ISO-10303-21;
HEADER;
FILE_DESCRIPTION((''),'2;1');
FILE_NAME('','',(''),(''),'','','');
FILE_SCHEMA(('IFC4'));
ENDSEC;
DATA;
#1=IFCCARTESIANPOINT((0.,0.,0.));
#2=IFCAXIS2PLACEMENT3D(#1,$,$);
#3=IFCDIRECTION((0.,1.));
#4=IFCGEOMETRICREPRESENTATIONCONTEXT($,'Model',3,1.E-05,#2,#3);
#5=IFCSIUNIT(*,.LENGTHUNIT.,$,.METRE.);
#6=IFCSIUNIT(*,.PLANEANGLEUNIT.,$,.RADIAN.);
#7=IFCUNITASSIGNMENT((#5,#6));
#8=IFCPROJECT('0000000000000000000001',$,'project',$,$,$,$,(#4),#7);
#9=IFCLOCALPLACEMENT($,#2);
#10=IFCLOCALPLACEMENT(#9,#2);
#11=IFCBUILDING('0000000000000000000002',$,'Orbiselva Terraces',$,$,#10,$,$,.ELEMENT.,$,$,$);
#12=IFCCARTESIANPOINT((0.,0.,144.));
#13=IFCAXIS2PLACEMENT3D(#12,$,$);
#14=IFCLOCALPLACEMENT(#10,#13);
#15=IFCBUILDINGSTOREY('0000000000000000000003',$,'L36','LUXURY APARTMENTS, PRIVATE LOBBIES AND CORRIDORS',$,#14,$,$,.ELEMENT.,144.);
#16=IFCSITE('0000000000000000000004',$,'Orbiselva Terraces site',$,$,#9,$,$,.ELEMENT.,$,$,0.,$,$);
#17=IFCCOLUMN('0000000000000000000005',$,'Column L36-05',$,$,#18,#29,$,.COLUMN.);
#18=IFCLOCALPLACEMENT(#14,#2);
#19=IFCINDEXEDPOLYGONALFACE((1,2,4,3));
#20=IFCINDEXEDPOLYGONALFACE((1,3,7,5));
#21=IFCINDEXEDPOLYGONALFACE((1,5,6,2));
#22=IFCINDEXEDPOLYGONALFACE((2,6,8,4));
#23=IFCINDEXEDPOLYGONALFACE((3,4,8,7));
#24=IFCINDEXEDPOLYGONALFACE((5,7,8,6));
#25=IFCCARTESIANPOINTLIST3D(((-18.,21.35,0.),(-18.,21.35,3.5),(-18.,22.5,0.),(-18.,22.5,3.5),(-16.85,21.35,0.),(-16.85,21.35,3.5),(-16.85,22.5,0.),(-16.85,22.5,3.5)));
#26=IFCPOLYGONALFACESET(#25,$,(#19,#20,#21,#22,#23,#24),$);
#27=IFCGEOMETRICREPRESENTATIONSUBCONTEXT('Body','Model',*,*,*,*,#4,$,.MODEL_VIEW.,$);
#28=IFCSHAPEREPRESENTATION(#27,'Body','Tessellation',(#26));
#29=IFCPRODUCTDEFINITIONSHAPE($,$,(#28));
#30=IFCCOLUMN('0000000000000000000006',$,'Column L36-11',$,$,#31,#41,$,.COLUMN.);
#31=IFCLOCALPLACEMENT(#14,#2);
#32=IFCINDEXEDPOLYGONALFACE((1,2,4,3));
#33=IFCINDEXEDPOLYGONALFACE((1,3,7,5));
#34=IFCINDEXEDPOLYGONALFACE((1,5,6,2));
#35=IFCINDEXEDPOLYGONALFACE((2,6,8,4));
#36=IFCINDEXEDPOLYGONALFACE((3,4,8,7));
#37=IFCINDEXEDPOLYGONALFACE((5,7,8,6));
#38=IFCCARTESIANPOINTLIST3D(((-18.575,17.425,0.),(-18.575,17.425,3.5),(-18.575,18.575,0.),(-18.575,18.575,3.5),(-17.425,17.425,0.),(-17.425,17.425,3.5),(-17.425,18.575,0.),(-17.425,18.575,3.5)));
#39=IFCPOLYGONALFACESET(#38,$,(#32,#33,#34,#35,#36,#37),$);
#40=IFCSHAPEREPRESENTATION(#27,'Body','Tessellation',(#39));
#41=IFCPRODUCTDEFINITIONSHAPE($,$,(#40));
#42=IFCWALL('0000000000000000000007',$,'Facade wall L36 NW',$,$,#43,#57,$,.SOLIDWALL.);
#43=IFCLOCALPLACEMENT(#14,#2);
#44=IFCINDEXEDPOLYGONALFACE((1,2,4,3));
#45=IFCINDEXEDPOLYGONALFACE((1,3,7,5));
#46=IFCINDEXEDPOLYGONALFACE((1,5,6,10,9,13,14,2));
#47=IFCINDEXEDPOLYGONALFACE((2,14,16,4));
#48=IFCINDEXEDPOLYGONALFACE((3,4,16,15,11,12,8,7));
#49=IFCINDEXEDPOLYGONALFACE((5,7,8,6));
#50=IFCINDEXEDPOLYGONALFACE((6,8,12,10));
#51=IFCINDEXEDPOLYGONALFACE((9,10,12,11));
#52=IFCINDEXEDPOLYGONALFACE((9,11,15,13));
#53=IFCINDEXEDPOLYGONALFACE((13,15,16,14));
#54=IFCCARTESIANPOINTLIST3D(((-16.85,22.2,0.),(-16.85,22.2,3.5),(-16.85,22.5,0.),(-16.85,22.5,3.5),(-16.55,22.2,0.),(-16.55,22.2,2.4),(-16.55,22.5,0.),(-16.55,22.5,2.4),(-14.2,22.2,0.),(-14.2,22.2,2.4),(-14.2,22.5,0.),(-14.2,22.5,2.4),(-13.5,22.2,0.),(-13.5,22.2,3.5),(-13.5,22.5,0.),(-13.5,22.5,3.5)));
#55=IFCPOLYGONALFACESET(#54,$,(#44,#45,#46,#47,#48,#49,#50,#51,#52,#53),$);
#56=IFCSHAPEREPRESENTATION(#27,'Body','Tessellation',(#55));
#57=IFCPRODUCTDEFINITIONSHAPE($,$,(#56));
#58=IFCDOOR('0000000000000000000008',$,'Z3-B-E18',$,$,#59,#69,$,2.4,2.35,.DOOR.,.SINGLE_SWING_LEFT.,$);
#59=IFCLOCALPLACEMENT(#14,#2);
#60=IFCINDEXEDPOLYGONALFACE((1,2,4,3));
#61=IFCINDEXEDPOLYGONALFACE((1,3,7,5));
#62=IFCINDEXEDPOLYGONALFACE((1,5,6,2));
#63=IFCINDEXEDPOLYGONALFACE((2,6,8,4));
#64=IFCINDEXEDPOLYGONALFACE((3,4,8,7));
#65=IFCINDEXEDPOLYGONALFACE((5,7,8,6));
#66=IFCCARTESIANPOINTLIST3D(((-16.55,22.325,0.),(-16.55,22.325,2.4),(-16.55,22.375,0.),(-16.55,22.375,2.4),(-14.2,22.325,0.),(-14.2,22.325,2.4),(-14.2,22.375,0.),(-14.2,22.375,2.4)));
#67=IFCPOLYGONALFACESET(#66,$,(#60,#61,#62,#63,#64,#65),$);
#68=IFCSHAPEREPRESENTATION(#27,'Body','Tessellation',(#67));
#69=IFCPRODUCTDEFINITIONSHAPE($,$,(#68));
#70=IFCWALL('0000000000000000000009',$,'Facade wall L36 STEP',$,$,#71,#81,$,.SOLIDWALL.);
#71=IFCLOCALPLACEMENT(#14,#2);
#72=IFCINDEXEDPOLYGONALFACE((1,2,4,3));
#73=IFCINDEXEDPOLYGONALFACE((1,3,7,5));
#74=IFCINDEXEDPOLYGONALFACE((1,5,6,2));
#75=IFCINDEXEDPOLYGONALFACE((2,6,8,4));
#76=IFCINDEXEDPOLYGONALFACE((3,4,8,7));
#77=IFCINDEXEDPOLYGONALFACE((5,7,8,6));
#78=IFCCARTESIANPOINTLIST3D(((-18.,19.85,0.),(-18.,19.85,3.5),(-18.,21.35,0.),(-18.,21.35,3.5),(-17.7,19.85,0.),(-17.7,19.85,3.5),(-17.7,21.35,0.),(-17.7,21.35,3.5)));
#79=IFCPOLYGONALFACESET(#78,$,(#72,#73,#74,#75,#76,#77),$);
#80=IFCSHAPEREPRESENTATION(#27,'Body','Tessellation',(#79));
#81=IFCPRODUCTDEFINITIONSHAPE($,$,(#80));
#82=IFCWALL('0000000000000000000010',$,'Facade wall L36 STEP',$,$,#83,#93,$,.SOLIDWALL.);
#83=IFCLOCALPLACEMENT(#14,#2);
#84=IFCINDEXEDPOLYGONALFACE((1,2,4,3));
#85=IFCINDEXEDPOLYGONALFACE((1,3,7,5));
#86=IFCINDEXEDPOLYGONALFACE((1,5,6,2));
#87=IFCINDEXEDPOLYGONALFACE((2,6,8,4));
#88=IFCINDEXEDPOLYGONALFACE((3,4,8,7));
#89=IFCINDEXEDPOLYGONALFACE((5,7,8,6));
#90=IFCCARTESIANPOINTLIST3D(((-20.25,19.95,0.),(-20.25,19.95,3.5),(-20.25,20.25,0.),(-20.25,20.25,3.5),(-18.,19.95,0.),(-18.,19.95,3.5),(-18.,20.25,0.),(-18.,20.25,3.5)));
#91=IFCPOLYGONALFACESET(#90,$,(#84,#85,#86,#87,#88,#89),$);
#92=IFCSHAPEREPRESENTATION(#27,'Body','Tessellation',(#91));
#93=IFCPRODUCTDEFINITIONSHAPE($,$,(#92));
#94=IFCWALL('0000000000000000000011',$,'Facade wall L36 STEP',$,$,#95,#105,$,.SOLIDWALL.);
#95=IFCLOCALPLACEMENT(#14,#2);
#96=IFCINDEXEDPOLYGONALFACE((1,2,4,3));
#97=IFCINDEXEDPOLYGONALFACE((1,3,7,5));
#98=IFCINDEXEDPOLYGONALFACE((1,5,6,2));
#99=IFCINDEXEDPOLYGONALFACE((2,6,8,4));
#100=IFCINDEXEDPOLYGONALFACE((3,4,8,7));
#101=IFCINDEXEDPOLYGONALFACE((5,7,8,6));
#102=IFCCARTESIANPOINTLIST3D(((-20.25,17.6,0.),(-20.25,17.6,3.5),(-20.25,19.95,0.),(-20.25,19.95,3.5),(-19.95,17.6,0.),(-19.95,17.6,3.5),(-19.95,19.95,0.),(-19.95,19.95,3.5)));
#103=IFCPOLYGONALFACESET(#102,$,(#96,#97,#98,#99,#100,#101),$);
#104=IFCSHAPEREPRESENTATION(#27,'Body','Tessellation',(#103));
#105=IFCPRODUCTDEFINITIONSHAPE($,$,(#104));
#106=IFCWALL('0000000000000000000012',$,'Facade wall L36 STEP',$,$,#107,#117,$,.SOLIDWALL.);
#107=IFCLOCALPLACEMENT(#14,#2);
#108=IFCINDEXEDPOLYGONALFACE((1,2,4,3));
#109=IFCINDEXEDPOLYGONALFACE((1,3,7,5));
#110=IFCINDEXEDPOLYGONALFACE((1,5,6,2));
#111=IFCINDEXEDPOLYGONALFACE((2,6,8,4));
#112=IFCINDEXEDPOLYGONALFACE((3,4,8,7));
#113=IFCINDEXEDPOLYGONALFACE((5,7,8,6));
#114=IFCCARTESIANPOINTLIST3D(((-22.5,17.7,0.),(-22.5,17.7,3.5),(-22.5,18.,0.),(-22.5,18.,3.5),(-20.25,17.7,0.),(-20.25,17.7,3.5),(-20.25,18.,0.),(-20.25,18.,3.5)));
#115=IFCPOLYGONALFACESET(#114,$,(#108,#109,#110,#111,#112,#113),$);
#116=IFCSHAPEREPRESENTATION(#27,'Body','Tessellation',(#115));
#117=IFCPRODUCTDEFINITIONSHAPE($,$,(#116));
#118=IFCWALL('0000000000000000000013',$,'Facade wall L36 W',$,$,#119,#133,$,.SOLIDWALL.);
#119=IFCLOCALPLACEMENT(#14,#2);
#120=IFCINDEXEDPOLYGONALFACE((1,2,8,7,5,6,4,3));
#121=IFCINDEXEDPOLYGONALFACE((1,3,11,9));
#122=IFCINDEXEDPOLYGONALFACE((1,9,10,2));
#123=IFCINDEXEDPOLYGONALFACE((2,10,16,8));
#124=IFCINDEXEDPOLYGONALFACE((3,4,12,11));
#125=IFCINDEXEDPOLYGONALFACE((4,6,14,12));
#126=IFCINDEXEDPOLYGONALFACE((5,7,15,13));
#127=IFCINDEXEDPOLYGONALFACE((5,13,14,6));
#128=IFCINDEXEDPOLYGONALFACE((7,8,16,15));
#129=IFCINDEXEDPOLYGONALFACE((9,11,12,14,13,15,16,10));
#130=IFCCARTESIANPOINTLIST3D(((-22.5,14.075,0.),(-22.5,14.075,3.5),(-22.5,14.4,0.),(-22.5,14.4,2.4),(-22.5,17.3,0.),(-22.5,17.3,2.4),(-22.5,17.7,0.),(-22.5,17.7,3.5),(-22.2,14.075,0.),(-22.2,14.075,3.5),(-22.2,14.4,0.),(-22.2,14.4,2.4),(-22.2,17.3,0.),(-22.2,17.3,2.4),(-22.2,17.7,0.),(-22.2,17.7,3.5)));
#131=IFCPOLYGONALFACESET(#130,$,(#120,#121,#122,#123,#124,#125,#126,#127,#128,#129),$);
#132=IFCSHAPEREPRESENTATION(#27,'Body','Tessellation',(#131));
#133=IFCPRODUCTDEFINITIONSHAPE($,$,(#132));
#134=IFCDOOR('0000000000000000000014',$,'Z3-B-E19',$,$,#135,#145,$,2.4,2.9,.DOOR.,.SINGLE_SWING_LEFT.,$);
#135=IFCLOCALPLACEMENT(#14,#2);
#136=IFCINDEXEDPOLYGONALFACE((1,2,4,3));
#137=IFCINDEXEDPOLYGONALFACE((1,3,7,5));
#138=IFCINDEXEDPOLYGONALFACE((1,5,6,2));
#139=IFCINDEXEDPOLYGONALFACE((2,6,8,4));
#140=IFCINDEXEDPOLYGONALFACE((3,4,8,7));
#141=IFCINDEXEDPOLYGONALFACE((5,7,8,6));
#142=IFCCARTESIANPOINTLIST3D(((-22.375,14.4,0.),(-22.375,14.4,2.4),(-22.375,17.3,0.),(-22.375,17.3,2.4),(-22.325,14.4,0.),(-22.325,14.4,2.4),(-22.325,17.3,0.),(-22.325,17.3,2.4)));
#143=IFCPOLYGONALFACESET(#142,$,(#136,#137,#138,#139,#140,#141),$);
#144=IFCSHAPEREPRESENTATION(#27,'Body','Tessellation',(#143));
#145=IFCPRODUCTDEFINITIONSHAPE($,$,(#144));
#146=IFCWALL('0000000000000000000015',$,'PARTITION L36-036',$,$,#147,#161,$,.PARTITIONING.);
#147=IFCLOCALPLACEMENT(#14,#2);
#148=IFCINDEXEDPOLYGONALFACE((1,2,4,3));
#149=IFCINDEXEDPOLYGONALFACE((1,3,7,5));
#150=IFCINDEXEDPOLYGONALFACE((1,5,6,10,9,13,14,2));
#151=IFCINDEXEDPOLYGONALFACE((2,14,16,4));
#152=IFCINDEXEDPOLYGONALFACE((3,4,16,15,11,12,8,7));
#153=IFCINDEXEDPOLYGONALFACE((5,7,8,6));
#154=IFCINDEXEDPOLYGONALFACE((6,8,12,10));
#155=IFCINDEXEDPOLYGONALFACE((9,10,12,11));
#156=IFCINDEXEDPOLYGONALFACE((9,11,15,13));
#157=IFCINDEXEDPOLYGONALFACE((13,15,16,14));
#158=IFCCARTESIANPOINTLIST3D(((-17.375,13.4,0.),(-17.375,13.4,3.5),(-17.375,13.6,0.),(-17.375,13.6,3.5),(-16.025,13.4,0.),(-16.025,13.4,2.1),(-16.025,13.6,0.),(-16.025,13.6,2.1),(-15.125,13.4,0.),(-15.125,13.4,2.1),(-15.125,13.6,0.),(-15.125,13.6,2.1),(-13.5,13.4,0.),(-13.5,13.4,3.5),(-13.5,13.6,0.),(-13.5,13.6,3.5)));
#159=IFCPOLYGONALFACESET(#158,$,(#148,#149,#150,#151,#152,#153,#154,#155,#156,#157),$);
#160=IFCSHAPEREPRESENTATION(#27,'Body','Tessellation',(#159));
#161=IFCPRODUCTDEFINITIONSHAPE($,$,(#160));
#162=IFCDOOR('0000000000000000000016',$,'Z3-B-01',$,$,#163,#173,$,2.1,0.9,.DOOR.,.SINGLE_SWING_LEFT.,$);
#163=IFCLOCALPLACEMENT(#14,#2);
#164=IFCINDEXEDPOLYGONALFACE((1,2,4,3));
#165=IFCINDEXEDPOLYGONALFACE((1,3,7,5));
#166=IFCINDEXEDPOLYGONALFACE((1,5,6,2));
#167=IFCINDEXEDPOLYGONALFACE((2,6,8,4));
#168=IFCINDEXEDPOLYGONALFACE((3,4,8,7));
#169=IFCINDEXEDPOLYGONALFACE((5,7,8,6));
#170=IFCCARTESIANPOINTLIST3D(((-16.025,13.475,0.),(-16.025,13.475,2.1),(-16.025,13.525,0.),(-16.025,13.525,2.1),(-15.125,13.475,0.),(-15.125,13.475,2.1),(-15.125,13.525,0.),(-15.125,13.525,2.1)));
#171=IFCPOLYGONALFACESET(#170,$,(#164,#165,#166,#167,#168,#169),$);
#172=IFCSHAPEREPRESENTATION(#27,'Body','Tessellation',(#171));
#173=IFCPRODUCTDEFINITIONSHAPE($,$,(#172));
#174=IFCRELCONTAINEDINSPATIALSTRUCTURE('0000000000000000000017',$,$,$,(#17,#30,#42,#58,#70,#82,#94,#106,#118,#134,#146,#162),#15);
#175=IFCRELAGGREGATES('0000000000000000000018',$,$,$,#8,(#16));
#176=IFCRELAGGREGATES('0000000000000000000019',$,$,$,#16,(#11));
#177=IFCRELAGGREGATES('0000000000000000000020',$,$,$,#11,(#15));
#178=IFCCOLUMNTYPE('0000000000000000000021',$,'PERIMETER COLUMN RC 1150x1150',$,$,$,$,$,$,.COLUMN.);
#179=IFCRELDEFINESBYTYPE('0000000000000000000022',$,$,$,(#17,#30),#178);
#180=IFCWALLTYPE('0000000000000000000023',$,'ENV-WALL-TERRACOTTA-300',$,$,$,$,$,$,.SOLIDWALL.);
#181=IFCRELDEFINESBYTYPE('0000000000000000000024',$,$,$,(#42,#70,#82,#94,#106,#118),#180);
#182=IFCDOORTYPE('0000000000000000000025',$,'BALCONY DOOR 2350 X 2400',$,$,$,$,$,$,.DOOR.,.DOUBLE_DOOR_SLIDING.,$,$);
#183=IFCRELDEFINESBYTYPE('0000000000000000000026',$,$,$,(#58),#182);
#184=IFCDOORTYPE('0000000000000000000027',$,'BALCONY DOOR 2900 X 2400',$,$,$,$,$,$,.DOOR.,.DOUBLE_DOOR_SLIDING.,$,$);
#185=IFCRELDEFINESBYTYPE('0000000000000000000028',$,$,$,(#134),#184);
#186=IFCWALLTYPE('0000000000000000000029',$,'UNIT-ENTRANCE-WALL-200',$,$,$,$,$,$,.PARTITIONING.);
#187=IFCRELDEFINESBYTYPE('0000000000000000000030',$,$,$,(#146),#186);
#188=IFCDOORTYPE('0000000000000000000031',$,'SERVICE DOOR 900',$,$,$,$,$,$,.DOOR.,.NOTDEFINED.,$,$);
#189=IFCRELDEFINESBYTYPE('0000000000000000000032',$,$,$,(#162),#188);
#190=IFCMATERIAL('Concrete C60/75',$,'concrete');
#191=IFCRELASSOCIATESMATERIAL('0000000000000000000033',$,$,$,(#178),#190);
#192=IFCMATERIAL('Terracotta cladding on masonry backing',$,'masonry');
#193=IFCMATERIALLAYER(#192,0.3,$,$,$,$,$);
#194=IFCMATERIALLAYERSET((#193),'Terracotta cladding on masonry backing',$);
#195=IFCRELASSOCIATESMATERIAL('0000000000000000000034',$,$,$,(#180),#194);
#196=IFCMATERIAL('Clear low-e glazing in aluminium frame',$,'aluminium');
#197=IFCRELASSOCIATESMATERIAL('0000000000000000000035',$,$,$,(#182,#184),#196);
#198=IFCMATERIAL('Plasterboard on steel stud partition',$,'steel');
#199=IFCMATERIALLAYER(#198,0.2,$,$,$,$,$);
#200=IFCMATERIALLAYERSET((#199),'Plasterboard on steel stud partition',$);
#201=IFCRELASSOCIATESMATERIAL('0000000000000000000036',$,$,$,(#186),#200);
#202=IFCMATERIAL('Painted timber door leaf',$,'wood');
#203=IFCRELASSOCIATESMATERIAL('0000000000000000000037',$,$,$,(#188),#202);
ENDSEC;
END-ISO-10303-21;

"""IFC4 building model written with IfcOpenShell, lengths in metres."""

from ifc_helpers import new_model, si_unit, direction, frame, frame_2d, origin, origin_2d, place, context, subcontext, project, spatial, rectangle, extrude, material, layer, layer_set, material_profile, profile_set, type_object, element, fill, save


model = new_model("IFC4")

# Units and contexts
model_context = context("Model", 3, precision=1e-05, world=origin(), true_north=direction((0.0, 1.0)))
body_context = subcontext(model_context, "Body", "Model", "MODEL_VIEW")
ifc_project = project(units=[si_unit("LENGTHUNIT", "METRE"), si_unit("PLANEANGLEUNIT", "RADIAN")], contexts=[model_context])

# Site, building, storey
site_placement = place(None, origin())
site = spatial("IfcSite", under=ifc_project, at=site_placement, Name="Orbiselva Terraces site", CompositionType="ELEMENT", RefElevation=0.0)
building_placement = place(site_placement, origin())
building = spatial("IfcBuilding", under=site, at=building_placement, Name="Orbiselva Terraces", CompositionType="ELEMENT")
storey_placement = place(building_placement, frame((0.0, 0.0, 144.0)))
storey = spatial("IfcBuildingStorey", under=building, at=storey_placement, Name="L36", Description="LUXURY APARTMENTS, PRIVATE LOBBIES AND CORRIDORS", CompositionType="ELEMENT", Elevation=144.0)

# Columns
ifc_material_1 = material(Name="Concrete C60/75", Category="concrete")
ifc_material_profile = material_profile(ifc_material_1, rectangle(XDim=1.15, YDim=1.15, at=origin_2d()), Name="RC 1150x1150")
ifc_profile_set = profile_set([ifc_material_profile], Name="Concrete C60/75")
column_type = type_object("IfcColumnType", Name="PERIMETER COLUMN RC 1150x1150", PredefinedType="COLUMN", material=ifc_profile_set)
for number, where, z_axis, x_axis, name in (
    (1, (-17.425, 21.925, 0.0), (0.0, 0.0, 1.0), (1.0, 0.0, 0.0), "Column L36-05"),
    (2, (-18.0, 18.0, 0.0), (0.0, 0.0, 1.0), (1.0, 0.0, 0.0), "Column L36-11"),
):
    element("IfcColumn", number, at=place(storey_placement, frame(where, z_axis=z_axis, x_axis=x_axis)), inside=storey, type_object=column_type, Name=name, PredefinedType="COLUMN", context=body_context, shape_type="SweptSolid", body=[
        extrude(rectangle(XDim=1.15, YDim=1.15, at=origin_2d()), origin(), (0.0, 0.0, 1.0), 3.5),
    ])

# Wall, opening, door
ifc_material_2 = material(Name="Terracotta cladding on masonry backing", Category="masonry")
ifc_layer_1 = layer(ifc_material_2, 0.3)
ifc_layer_set_1 = layer_set([ifc_layer_1], Name="Terracotta cladding on masonry backing")
wall_type_1 = type_object("IfcWallType", Name="ENV-WALL-TERRACOTTA-300", PredefinedType="SOLIDWALL", material=ifc_layer_set_1)
wall_1_placement = place(storey_placement, frame((-16.85, 22.35, 0.0), z_axis=(0.0, 0.0, 1.0), x_axis=(1.0, 0.0, 0.0)))
wall_1 = element("IfcWall", 3, at=wall_1_placement, inside=storey, type_object=wall_type_1, Name="Facade wall L36 NW", PredefinedType="SOLIDWALL", context=body_context, shape_type="SweptSolid", body=[
    extrude(rectangle(XDim=3.35, YDim=0.3, at=frame_2d((1.675, 0.0))), origin(), (0.0, 0.0, 1.0), 3.5),
])
opening_1_placement = place(wall_1_placement, frame((0.3, 0.0, 0.0)))
opening_1 = element("IfcOpeningElement", 4, at=opening_1_placement, cuts=wall_1, PredefinedType="OPENING", context=body_context, shape_type="SweptSolid", body=[
    extrude(rectangle(XDim=2.35, YDim=2.4, at=frame_2d((1.175, 1.2))), frame((0.0, 0.16, 0.0), z_axis=(0.0, -1.0, 0.0), x_axis=(1.0, 0.0, 0.0)), (0.0, 0.0, 1.0), 0.32),
])
ifc_material_3 = material(Name="Clear low-e glazing in aluminium frame", Category="aluminium")
door_type_1 = type_object("IfcDoorType", Name="BALCONY DOOR 2350 X 2400", OperationType="DOUBLE_DOOR_SLIDING", PredefinedType="DOOR", material=ifc_material_3)
door_1_placement = place(opening_1_placement, origin())
door_1 = element("IfcDoor", 5, at=door_1_placement, inside=storey, type_object=door_type_1, Name="Z3-B-E18", OperationType="SINGLE_SWING_LEFT", OverallHeight=2.4, OverallWidth=2.35, PredefinedType="DOOR", context=body_context, shape_type="SweptSolid", body=[
    extrude(rectangle(XDim=2.35, YDim=2.4, at=frame_2d((1.175, 1.2))), frame((0.0, 0.025, 0.0), z_axis=(0.0, -1.0, 0.0), x_axis=(1.0, 0.0, 0.0)), (0.0, 0.0, 1.0), 0.05),
])
fill(opening_1, door_1)

# Walls
wall_2_placement = place(storey_placement, frame((-17.85, 19.85, 0.0), z_axis=(0.0, 0.0, 1.0), x_axis=(0.0, 1.0, 0.0)))
element("IfcWall", 6, at=wall_2_placement, inside=storey, type_object=wall_type_1, Name="Facade wall L36 STEP", PredefinedType="SOLIDWALL", context=body_context, shape_type="SweptSolid", body=[
    extrude(rectangle(XDim=1.5, YDim=0.3, at=frame_2d((0.75, 0.0))), origin(), (0.0, 0.0, 1.0), 3.5),
])
wall_3_placement = place(storey_placement, frame((-20.25, 20.1, 0.0), z_axis=(0.0, 0.0, 1.0), x_axis=(1.0, 0.0, 0.0)))
element("IfcWall", 7, at=wall_3_placement, inside=storey, type_object=wall_type_1, Name="Facade wall L36 STEP", PredefinedType="SOLIDWALL", context=body_context, shape_type="SweptSolid", body=[
    extrude(rectangle(XDim=2.25, YDim=0.3, at=frame_2d((1.125, 0.0))), origin(), (0.0, 0.0, 1.0), 3.5),
])
wall_4_placement = place(storey_placement, frame((-20.1, 17.6, 0.0), z_axis=(0.0, 0.0, 1.0), x_axis=(0.0, 1.0, 0.0)))
element("IfcWall", 8, at=wall_4_placement, inside=storey, type_object=wall_type_1, Name="Facade wall L36 STEP", PredefinedType="SOLIDWALL", context=body_context, shape_type="SweptSolid", body=[
    extrude(rectangle(XDim=2.35, YDim=0.3, at=frame_2d((1.175, 0.0))), origin(), (0.0, 0.0, 1.0), 3.5),
])
wall_5_placement = place(storey_placement, frame((-22.5, 17.85, 0.0), z_axis=(0.0, 0.0, 1.0), x_axis=(1.0, 0.0, 0.0)))
element("IfcWall", 9, at=wall_5_placement, inside=storey, type_object=wall_type_1, Name="Facade wall L36 STEP", PredefinedType="SOLIDWALL", context=body_context, shape_type="SweptSolid", body=[
    extrude(rectangle(XDim=2.25, YDim=0.3, at=frame_2d((1.125, 0.0))), origin(), (0.0, 0.0, 1.0), 3.5),
])

# Walls, openings, doors
wall_6_placement = place(storey_placement, frame((-22.35, 14.075, 0.0), z_axis=(0.0, 0.0, 1.0), x_axis=(0.0, 1.0, 0.0)))
wall_6 = element("IfcWall", 10, at=wall_6_placement, inside=storey, type_object=wall_type_1, Name="Facade wall L36 W", PredefinedType="SOLIDWALL", context=body_context, shape_type="SweptSolid", body=[
    extrude(rectangle(XDim=3.625, YDim=0.3, at=frame_2d((1.8125, 0.0))), origin(), (0.0, 0.0, 1.0), 3.5),
])
opening_2_placement = place(wall_6_placement, frame((0.325, 0.0, 0.0)))
opening_2 = element("IfcOpeningElement", 11, at=opening_2_placement, cuts=wall_6, PredefinedType="OPENING", context=body_context, shape_type="SweptSolid", body=[
    extrude(rectangle(XDim=2.9, YDim=2.4, at=frame_2d((1.45, 1.2))), frame((0.0, 0.16, 0.0), z_axis=(0.0, -1.0, 0.0), x_axis=(1.0, 0.0, 0.0)), (0.0, 0.0, 1.0), 0.32),
])
door_type_2 = type_object("IfcDoorType", Name="BALCONY DOOR 2900 X 2400", OperationType="DOUBLE_DOOR_SLIDING", PredefinedType="DOOR", material=ifc_material_3)
door_2_placement = place(opening_2_placement, origin())
door_2 = element("IfcDoor", 12, at=door_2_placement, inside=storey, type_object=door_type_2, Name="Z3-B-E19", OperationType="SINGLE_SWING_LEFT", OverallHeight=2.4, OverallWidth=2.9, PredefinedType="DOOR", context=body_context, shape_type="SweptSolid", body=[
    extrude(rectangle(XDim=2.9, YDim=2.4, at=frame_2d((1.45, 1.2))), frame((0.0, 0.025, 0.0), z_axis=(0.0, -1.0, 0.0), x_axis=(1.0, 0.0, 0.0)), (0.0, 0.0, 1.0), 0.05),
])
fill(opening_2, door_2)
ifc_material_4 = material(Name="Plasterboard on steel stud partition", Category="steel")
ifc_layer_2 = layer(ifc_material_4, 0.2)
ifc_layer_set_2 = layer_set([ifc_layer_2], Name="Plasterboard on steel stud partition")
wall_type_2 = type_object("IfcWallType", Name="UNIT-ENTRANCE-WALL-200", PredefinedType="PARTITIONING", material=ifc_layer_set_2)
wall_7_placement = place(storey_placement, frame((-17.375, 13.5, 0.0), z_axis=(0.0, 0.0, 1.0), x_axis=(1.0, 0.0, 0.0)))
wall_7 = element("IfcWall", 13, at=wall_7_placement, inside=storey, type_object=wall_type_2, Name="PARTITION L36-036", PredefinedType="PARTITIONING", context=body_context, shape_type="SweptSolid", body=[
    extrude(rectangle(XDim=3.875, YDim=0.2, at=frame_2d((1.9375, 0.0))), origin(), (0.0, 0.0, 1.0), 3.5),
])
opening_3_placement = place(wall_7_placement, frame((1.35, 0.0, 0.0)))
opening_3 = element("IfcOpeningElement", 14, at=opening_3_placement, cuts=wall_7, PredefinedType="OPENING", context=body_context, shape_type="SweptSolid", body=[
    extrude(rectangle(XDim=0.9, YDim=2.1, at=frame_2d((0.45, 1.05))), frame((0.0, 0.11, 0.0), z_axis=(0.0, -1.0, 0.0), x_axis=(1.0, 0.0, 0.0)), (0.0, 0.0, 1.0), 0.22),
])
ifc_material_5 = material(Name="Painted timber door leaf", Category="wood")
door_type_3 = type_object("IfcDoorType", Name="SERVICE DOOR 900", OperationType="NOTDEFINED", PredefinedType="DOOR", material=ifc_material_5)
door_3_placement = place(opening_3_placement, origin())
door_3 = element("IfcDoor", 15, at=door_3_placement, inside=storey, type_object=door_type_3, Name="Z3-B-01", OperationType="SINGLE_SWING_LEFT", OverallHeight=2.1, OverallWidth=0.9, PredefinedType="DOOR", context=body_context, shape_type="SweptSolid", body=[
    extrude(rectangle(XDim=0.9, YDim=2.1, at=frame_2d((0.45, 1.05))), frame((0.0, 0.025, 0.0), z_axis=(0.0, -1.0, 0.0), x_axis=(1.0, 0.0, 0.0)), (0.0, 0.0, 1.0), 0.05),
])
fill(opening_3, door_3)

save(model, "model.ifc")
